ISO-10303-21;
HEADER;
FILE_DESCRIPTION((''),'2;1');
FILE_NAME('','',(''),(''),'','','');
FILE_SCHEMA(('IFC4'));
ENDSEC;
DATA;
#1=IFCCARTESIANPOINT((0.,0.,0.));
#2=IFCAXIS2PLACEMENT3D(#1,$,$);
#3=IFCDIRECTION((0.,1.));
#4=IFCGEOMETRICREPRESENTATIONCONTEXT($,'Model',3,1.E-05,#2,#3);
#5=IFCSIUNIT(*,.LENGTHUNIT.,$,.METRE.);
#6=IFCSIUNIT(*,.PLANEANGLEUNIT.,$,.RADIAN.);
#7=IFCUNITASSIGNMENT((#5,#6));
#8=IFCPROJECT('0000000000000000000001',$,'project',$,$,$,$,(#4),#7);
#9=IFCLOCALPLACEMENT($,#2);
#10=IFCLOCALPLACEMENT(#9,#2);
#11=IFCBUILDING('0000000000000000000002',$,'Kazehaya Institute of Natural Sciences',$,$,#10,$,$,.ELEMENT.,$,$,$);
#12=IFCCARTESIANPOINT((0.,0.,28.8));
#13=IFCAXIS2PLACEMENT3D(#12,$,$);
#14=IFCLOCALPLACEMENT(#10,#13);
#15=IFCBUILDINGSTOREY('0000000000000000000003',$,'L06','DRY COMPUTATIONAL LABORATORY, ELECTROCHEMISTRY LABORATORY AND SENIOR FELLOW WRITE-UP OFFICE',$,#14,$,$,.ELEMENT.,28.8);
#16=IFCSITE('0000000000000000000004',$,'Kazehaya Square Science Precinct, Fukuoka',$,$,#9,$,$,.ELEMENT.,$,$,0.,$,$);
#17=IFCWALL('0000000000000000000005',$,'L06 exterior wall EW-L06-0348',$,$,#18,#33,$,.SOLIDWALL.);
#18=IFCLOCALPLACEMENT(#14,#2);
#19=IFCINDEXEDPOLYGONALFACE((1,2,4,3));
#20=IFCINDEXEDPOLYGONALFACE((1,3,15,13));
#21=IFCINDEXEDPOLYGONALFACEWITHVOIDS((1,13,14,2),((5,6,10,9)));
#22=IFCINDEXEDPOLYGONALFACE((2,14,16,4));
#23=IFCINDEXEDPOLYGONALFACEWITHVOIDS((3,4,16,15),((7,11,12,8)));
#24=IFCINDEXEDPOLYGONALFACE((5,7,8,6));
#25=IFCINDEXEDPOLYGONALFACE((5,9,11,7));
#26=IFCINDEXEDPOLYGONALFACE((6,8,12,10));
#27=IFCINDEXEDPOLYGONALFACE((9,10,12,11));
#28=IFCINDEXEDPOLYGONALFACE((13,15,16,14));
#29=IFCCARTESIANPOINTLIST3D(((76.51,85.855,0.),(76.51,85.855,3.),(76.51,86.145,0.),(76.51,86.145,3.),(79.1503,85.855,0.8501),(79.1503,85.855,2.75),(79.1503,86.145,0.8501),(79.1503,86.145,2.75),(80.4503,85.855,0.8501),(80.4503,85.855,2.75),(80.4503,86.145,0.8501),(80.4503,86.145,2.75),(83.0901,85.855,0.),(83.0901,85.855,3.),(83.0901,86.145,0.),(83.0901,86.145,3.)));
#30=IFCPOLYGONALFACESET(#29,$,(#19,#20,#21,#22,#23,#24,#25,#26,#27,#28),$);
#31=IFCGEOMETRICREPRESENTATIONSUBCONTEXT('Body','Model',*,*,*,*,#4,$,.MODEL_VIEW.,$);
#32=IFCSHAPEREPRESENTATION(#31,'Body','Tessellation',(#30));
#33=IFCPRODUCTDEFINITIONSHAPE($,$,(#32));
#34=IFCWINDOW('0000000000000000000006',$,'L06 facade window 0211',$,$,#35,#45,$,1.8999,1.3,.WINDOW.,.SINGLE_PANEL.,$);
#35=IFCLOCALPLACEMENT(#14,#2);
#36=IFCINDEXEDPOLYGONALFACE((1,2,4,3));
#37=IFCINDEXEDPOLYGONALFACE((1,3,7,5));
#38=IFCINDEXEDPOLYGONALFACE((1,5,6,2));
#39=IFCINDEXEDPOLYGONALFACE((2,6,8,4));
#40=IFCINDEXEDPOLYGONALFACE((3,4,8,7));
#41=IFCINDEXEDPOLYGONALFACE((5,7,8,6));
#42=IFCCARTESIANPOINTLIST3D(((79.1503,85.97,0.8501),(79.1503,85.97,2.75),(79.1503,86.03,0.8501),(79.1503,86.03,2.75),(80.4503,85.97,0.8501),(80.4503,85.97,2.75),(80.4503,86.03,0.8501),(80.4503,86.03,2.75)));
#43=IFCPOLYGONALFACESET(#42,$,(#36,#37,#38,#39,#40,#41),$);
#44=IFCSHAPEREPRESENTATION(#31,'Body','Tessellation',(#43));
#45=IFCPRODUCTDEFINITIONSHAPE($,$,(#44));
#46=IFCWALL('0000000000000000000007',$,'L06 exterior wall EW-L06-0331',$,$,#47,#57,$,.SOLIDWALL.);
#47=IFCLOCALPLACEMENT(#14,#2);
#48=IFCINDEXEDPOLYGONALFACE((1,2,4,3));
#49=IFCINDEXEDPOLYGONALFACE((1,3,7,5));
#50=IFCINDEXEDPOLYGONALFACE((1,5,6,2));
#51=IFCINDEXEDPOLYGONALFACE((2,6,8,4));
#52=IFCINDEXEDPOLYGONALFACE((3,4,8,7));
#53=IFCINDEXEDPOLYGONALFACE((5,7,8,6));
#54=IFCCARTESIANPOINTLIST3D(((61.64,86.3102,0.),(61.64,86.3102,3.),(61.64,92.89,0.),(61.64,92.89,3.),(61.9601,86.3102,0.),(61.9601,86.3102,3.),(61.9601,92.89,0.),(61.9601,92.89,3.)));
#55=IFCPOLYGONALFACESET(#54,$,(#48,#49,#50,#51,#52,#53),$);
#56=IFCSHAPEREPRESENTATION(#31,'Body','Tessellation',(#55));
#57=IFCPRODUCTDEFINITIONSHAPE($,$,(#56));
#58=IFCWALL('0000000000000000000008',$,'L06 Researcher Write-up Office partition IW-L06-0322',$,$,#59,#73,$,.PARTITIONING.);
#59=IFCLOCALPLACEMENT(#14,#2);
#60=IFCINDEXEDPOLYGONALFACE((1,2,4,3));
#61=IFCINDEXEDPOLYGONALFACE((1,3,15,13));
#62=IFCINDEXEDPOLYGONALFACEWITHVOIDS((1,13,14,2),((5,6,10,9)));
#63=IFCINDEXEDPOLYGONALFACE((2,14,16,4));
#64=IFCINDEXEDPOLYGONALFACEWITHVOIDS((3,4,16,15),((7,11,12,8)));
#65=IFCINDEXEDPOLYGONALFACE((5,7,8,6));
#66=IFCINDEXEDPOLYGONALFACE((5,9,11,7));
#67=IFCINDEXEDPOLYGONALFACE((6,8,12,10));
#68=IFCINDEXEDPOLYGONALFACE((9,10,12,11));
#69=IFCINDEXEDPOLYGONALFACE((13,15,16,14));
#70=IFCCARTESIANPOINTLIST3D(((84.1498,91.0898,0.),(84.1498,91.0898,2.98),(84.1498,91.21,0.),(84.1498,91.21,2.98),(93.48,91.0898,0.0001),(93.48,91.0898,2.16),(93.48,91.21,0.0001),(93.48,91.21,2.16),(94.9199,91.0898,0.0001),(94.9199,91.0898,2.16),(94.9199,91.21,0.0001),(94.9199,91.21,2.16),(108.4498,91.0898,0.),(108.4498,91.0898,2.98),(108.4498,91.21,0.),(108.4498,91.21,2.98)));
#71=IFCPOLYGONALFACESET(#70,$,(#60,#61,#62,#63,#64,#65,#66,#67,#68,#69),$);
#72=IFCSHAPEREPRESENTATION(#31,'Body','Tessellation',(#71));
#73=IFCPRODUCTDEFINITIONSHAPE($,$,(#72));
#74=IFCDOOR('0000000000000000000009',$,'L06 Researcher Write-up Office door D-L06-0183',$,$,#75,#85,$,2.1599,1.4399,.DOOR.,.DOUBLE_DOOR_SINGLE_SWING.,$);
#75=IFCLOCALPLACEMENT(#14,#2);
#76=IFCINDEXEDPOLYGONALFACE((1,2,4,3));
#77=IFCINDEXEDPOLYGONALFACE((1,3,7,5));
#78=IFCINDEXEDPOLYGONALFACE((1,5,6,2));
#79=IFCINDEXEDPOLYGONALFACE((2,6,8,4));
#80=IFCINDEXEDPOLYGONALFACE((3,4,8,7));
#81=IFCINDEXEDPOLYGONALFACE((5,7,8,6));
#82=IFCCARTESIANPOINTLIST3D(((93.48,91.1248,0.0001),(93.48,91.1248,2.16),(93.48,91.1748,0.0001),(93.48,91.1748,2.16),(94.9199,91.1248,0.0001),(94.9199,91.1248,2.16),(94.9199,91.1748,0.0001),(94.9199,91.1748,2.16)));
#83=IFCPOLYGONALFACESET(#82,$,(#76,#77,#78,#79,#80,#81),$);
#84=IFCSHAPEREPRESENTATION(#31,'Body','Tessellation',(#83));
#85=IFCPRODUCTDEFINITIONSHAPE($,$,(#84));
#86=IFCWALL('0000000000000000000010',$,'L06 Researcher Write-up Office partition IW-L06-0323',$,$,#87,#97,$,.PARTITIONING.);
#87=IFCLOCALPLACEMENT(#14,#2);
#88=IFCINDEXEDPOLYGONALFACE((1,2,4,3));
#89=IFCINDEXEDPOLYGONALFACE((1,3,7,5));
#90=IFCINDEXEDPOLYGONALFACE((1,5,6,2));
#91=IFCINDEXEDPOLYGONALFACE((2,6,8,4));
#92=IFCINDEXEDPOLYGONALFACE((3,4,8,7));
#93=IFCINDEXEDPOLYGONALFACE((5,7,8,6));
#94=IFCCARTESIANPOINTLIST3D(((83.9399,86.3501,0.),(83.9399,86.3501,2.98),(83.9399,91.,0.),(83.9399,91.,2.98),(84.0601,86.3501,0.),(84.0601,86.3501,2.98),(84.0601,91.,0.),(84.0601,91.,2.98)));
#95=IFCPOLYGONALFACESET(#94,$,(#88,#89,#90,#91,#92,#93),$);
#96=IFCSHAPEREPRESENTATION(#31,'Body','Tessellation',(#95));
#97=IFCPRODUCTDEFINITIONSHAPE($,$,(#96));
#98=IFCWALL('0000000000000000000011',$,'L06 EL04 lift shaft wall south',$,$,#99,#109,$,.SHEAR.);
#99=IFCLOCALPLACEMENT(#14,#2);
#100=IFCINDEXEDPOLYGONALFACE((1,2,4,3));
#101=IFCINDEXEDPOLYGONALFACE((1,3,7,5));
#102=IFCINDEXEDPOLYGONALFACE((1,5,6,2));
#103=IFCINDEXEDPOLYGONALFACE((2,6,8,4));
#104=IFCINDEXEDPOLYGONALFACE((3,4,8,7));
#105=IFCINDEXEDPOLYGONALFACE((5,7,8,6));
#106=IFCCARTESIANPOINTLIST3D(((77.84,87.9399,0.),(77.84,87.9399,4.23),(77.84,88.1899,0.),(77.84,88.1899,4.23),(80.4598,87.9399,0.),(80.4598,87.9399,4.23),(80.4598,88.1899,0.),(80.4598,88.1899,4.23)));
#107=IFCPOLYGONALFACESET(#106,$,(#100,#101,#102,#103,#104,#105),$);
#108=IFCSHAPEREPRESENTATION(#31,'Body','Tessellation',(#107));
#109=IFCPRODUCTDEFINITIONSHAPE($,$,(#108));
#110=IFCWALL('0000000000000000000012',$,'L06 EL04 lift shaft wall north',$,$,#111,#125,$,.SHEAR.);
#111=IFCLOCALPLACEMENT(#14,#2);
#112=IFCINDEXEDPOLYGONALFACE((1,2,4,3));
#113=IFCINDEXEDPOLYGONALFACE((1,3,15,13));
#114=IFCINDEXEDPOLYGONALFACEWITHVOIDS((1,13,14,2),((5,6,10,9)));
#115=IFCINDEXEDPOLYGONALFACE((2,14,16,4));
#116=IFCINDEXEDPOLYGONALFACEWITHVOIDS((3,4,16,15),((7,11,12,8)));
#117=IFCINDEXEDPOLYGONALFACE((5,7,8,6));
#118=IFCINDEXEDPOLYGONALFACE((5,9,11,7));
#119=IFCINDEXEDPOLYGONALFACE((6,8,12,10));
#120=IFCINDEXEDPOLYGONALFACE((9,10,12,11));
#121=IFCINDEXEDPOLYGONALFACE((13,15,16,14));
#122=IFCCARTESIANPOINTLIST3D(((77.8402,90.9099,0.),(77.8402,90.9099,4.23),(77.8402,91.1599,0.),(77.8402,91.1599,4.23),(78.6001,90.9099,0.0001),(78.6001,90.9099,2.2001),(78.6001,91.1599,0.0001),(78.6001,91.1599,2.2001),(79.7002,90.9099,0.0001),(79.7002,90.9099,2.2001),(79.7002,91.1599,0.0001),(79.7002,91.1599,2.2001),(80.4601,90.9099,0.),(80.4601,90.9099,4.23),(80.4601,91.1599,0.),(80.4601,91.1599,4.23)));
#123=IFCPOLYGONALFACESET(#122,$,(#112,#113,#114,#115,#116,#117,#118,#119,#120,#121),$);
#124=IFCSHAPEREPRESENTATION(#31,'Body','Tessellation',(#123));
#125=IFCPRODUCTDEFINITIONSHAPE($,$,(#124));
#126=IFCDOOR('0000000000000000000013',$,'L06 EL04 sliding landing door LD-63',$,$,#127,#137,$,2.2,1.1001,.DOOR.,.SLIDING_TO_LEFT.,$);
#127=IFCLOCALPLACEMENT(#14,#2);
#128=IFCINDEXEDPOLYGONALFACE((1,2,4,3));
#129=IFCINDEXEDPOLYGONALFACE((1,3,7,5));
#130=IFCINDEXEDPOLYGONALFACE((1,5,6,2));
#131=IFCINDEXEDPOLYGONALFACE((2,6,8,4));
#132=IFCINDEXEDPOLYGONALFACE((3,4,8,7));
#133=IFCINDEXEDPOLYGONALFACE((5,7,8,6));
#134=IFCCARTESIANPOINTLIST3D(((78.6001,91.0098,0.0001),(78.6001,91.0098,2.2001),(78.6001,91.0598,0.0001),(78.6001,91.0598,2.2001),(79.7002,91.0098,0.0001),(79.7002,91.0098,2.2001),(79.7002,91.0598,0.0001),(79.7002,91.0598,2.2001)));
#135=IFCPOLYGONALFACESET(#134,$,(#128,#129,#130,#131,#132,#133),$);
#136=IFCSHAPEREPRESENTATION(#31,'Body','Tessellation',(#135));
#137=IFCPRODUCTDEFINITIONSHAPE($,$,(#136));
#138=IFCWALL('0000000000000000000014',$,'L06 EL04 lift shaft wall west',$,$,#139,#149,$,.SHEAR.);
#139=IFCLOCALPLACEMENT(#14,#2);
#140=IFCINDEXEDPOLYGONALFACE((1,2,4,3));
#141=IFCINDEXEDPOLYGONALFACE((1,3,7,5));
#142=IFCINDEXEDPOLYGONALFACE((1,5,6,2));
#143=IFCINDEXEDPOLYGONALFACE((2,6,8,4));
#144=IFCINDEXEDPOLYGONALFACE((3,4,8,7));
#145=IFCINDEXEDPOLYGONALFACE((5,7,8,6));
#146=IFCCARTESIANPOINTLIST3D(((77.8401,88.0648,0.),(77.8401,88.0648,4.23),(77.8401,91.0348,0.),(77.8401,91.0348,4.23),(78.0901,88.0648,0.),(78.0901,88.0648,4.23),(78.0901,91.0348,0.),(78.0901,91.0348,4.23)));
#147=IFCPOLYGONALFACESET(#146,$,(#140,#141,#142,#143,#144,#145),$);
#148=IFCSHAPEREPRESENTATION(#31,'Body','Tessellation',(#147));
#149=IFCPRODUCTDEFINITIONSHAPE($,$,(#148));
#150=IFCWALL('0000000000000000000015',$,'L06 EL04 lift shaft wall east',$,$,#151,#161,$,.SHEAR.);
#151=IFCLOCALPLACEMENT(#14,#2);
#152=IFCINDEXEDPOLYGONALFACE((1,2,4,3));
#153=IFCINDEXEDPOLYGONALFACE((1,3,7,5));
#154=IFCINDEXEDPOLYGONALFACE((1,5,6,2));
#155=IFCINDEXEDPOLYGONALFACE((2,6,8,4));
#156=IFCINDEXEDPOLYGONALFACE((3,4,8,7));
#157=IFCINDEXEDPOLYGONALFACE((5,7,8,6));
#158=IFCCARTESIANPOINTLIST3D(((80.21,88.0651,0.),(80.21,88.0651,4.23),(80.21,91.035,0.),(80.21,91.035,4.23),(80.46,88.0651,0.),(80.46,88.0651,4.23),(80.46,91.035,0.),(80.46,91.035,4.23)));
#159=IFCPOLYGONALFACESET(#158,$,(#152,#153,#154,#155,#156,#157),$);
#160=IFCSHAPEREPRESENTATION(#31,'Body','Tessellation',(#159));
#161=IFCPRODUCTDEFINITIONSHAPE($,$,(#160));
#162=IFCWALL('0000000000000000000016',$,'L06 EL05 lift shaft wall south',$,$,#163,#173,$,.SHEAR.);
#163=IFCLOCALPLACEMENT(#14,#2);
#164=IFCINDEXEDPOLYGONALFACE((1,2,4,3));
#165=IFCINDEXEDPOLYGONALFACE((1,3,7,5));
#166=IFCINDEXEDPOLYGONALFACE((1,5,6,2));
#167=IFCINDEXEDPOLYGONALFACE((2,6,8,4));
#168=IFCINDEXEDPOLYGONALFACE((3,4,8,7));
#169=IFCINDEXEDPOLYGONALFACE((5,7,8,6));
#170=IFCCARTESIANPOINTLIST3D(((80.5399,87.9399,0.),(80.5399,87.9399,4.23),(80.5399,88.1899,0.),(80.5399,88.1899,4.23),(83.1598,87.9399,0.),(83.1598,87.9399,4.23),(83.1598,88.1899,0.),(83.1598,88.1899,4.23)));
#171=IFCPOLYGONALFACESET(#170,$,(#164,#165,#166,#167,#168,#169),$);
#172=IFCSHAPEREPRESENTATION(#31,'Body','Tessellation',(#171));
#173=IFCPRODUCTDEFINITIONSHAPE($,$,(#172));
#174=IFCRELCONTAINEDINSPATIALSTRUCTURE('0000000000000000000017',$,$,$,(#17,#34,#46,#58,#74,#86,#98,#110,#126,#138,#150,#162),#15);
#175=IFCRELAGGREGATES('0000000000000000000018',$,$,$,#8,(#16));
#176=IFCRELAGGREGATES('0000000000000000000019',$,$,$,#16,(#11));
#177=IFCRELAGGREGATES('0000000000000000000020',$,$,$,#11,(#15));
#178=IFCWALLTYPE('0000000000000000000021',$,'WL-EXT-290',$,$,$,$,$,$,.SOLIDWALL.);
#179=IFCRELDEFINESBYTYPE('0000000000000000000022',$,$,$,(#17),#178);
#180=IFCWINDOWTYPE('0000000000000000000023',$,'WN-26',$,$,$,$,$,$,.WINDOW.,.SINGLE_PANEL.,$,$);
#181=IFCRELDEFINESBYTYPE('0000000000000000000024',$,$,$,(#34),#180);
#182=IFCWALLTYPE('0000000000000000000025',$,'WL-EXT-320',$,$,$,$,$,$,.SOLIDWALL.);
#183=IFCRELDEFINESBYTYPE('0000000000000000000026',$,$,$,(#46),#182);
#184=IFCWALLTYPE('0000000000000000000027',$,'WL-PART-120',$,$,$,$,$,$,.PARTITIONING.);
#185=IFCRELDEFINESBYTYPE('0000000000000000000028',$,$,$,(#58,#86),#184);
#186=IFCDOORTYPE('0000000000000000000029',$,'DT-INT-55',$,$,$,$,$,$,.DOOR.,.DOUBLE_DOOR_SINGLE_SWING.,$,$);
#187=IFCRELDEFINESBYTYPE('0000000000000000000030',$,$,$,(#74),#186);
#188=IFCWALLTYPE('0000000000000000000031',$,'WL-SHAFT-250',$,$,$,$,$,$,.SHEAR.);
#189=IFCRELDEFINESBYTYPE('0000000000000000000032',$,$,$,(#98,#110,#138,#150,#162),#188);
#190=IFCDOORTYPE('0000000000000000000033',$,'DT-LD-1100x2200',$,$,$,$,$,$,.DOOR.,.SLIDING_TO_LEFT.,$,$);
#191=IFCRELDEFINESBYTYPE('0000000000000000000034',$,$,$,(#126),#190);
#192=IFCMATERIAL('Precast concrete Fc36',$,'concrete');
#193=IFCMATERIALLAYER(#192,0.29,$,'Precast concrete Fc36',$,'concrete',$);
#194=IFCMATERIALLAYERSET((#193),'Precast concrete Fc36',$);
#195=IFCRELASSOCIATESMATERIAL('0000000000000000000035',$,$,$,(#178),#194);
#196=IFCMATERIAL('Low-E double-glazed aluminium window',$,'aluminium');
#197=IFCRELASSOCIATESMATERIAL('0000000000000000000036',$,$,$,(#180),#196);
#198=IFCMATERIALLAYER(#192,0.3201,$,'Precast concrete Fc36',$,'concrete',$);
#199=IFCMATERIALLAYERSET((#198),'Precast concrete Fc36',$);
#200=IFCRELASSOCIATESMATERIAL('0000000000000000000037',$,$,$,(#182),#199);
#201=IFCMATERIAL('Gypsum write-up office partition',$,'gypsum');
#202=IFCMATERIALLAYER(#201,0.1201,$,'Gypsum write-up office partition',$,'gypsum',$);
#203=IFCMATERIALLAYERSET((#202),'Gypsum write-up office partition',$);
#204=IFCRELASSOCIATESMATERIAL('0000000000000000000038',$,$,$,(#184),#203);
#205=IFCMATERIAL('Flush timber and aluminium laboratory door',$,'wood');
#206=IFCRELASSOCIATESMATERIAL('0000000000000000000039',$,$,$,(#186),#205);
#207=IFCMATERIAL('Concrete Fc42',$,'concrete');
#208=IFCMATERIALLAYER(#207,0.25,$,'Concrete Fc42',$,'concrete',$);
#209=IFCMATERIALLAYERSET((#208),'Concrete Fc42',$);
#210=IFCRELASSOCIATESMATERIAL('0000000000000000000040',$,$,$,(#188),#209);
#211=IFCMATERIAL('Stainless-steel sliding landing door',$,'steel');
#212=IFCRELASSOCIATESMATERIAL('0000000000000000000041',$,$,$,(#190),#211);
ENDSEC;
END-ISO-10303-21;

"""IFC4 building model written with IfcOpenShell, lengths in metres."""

from ifc_helpers import new_model, si_unit, direction, frame, frame_2d, origin, place, context, subcontext, project, spatial, rectangle, extrude, material, layer, layer_set, type_object, element, fill, save


model = new_model("IFC4")

# Units and contexts
model_context = context("Model", 3, precision=1e-05, world=origin(), true_north=direction((0.0, 1.0)))
body_context = subcontext(model_context, "Body", "Model", "MODEL_VIEW")
ifc_project = project(units=[si_unit("LENGTHUNIT", "METRE"), si_unit("PLANEANGLEUNIT", "RADIAN")], contexts=[model_context])

# Site, building, storey
site_placement = place(None, origin())
site = spatial("IfcSite", under=ifc_project, at=site_placement, Name="Kazehaya Square Science Precinct, Fukuoka", CompositionType="ELEMENT", RefElevation=0.0)
building_placement = place(site_placement, origin())
building = spatial("IfcBuilding", under=site, at=building_placement, Name="Kazehaya Institute of Natural Sciences", CompositionType="ELEMENT")
storey_placement = place(building_placement, frame((0.0, 0.0, 28.8)))
storey = spatial("IfcBuildingStorey", under=building, at=storey_placement, Name="L06", Description="DRY COMPUTATIONAL LABORATORY, ELECTROCHEMISTRY LABORATORY AND SENIOR FELLOW WRITE-UP OFFICE", CompositionType="ELEMENT", Elevation=28.8)

# Shared definitions
ifc_material_1 = material(Name="Concrete Fc42", Category="concrete")

# Wall, opening, window
ifc_material_2 = material(Name="Precast concrete Fc36", Category="concrete")
ifc_layer_1 = layer(ifc_material_2, 0.29, Name="Precast concrete Fc36", Category="concrete")
ifc_layer_set_1 = layer_set([ifc_layer_1], Name="Precast concrete Fc36")
wall_type_1 = type_object("IfcWallType", Name="WL-EXT-290", PredefinedType="SOLIDWALL", material=ifc_layer_set_1)
wall_1_placement = place(storey_placement, frame((83.0901, 86.0, 0.0), z_axis=(0.0, 0.0, 1.0), x_axis=(-1.0, 0.0, 0.0)))
wall_1 = element("IfcWall", 1, at=wall_1_placement, inside=storey, type_object=wall_type_1, Name="L06 exterior wall EW-L06-0348", PredefinedType="SOLIDWALL", context=body_context, shape_type="SweptSolid", body=[
    extrude(rectangle(XDim=6.5801, YDim=0.29, at=frame_2d((3.29, 0.0))), origin(), (0.0, 0.0, 1.0), 3.0),
])
opening_1_placement = place(wall_1_placement, frame((2.6399, 0.0, 0.8501)))
opening_1 = element("IfcOpeningElement", 2, at=opening_1_placement, cuts=wall_1, PredefinedType="OPENING", context=body_context, shape_type="SweptSolid", body=[
    extrude(rectangle(XDim=1.3, YDim=1.8999, at=frame_2d((0.6499, 0.95))), frame((0.0, 0.155, 0.0), z_axis=(0.0, -1.0, 0.0), x_axis=(1.0, 0.0, 0.0)), (0.0, 0.0, 1.0), 0.3101),
])
ifc_material_3 = material(Name="Low-E double-glazed aluminium window", Category="aluminium")
window_type = type_object("IfcWindowType", Name="WN-26", PartitioningType="SINGLE_PANEL", PredefinedType="WINDOW", material=ifc_material_3)
window_placement = place(opening_1_placement, origin())
window = element("IfcWindow", 3, at=window_placement, inside=storey, type_object=window_type, Name="L06 facade window 0211", OverallHeight=1.8999, OverallWidth=1.3, PartitioningType="SINGLE_PANEL", PredefinedType="WINDOW", context=body_context, shape_type="SweptSolid", body=[
    extrude(rectangle(XDim=1.3, YDim=1.8999, at=frame_2d((0.6499, 0.95))), frame((0.0, 0.03, 0.0), z_axis=(0.0, -1.0, 0.0), x_axis=(1.0, 0.0, 0.0)), (0.0, 0.0, 1.0), 0.0601),
])
fill(opening_1, window)

# Wall
ifc_layer_2 = layer(ifc_material_2, 0.3201, Name="Precast concrete Fc36", Category="concrete")
ifc_layer_set_2 = layer_set([ifc_layer_2], Name="Precast concrete Fc36")
wall_type_2 = type_object("IfcWallType", Name="WL-EXT-320", PredefinedType="SOLIDWALL", material=ifc_layer_set_2)
wall_2_placement = place(storey_placement, frame((61.8, 86.3101, 0.0), z_axis=(0.0, 0.0, 1.0), x_axis=(0.0, 1.0, 0.0)))
element("IfcWall", 4, at=wall_2_placement, inside=storey, type_object=wall_type_2, Name="L06 exterior wall EW-L06-0331", PredefinedType="SOLIDWALL", context=body_context, shape_type="SweptSolid", body=[
    extrude(rectangle(XDim=6.5798, YDim=0.3201, at=frame_2d((3.29, 0.0))), origin(), (0.0, 0.0, 1.0), 3.0),
])

# Wall, opening, door
ifc_material_4 = material(Name="Gypsum write-up office partition", Category="gypsum")
ifc_layer_3 = layer(ifc_material_4, 0.1201, Name="Gypsum write-up office partition", Category="gypsum")
ifc_layer_set_3 = layer_set([ifc_layer_3], Name="Gypsum write-up office partition")
wall_type_3 = type_object("IfcWallType", Name="WL-PART-120", PredefinedType="PARTITIONING", material=ifc_layer_set_3)
wall_3_placement = place(storey_placement, frame((84.1499, 91.1499, 0.0), z_axis=(0.0, 0.0, 1.0), x_axis=(1.0, 0.0, 0.0)))
wall_3 = element("IfcWall", 5, at=wall_3_placement, inside=storey, type_object=wall_type_3, Name="L06 Researcher Write-up Office partition IW-L06-0322", PredefinedType="PARTITIONING", context=body_context, shape_type="SweptSolid", body=[
    extrude(rectangle(XDim=24.3, YDim=0.1201, at=frame_2d((12.1499, 0.0))), origin(), (0.0, 0.0, 1.0), 2.98),
])
opening_2_placement = place(wall_3_placement, frame((9.3301, 0.0, 0.0)))
opening_2 = element("IfcOpeningElement", 6, at=opening_2_placement, cuts=wall_3, PredefinedType="OPENING", context=body_context, shape_type="SweptSolid", body=[
    extrude(rectangle(XDim=1.4399, YDim=2.1599, at=frame_2d((0.72, 1.0801))), frame((0.0, 0.0701, 0.0), z_axis=(0.0, -1.0, 0.0), x_axis=(1.0, 0.0, 0.0)), (0.0, 0.0, 1.0), 0.1401),
])
ifc_material_5 = material(Name="Flush timber and aluminium laboratory door", Category="wood")
door_type_1 = type_object("IfcDoorType", Name="DT-INT-55", OperationType="DOUBLE_DOOR_SINGLE_SWING", PredefinedType="DOOR", material=ifc_material_5)
door_1_placement = place(opening_2_placement, origin())
door_1 = element("IfcDoor", 7, at=door_1_placement, inside=storey, type_object=door_type_1, Name="L06 Researcher Write-up Office door D-L06-0183", OperationType="DOUBLE_DOOR_SINGLE_SWING", OverallHeight=2.1599, OverallWidth=1.4399, PredefinedType="DOOR", context=body_context, shape_type="SweptSolid", body=[
    extrude(rectangle(XDim=1.4399, YDim=2.1599, at=frame_2d((0.72, 1.0801))), frame((0.0, 0.0249, 0.0), z_axis=(0.0, -1.0, 0.0), x_axis=(1.0, 0.0, 0.0)), (0.0, 0.0, 1.0), 0.05),
])
fill(opening_2, door_1)

# Walls
wall_4_placement = place(storey_placement, frame((84.0, 86.3501, 0.0), z_axis=(0.0, 0.0, 1.0), x_axis=(0.0, 1.0, 0.0)))
element("IfcWall", 8, at=wall_4_placement, inside=storey, type_object=wall_type_3, Name="L06 Researcher Write-up Office partition IW-L06-0323", PredefinedType="PARTITIONING", context=body_context, shape_type="SweptSolid", body=[
    extrude(rectangle(XDim=4.6499, YDim=0.1201, at=frame_2d((2.325, 0.0))), origin(), (0.0, 0.0, 1.0), 2.98),
])
ifc_layer_4 = layer(ifc_material_1, 0.25, Name="Concrete Fc42", Category="concrete")
ifc_layer_set_4 = layer_set([ifc_layer_4], Name="Concrete Fc42")
wall_type_4 = type_object("IfcWallType", Name="WL-SHAFT-250", PredefinedType="SHEAR", material=ifc_layer_set_4)
wall_5_placement = place(storey_placement, frame((80.46, 88.0649, 0.0), z_axis=(0.0, 0.0, 1.0), x_axis=(-1.0, 0.0, 0.0)))
element("IfcWall", 9, at=wall_5_placement, inside=storey, type_object=wall_type_4, Name="L06 EL04 lift shaft wall south", PredefinedType="SHEAR", context=body_context, shape_type="SweptSolid", body=[
    extrude(rectangle(XDim=2.6199, YDim=0.25, at=frame_2d((1.3101, 0.0))), origin(), (0.0, 0.0, 1.0), 4.23),
])

# Wall, opening, door
wall_6_placement = place(storey_placement, frame((77.8401, 91.0349, 0.0), z_axis=(0.0, 0.0, 1.0), x_axis=(1.0, 0.0, 0.0)))
wall_6 = element("IfcWall", 10, at=wall_6_placement, inside=storey, type_object=wall_type_4, Name="L06 EL04 lift shaft wall north", PredefinedType="SHEAR", context=body_context, shape_type="SweptSolid", body=[
    extrude(rectangle(XDim=2.6199, YDim=0.25, at=frame_2d((1.3101, 0.0))), origin(), (0.0, 0.0, 1.0), 4.23),
])
opening_3_placement = place(wall_6_placement, frame((0.76, 0.0, 0.0)))
opening_3 = element("IfcOpeningElement", 11, at=opening_3_placement, cuts=wall_6, PredefinedType="OPENING", context=body_context, shape_type="SweptSolid", body=[
    extrude(rectangle(XDim=1.1001, YDim=2.2, at=frame_2d((0.55, 1.1001))), frame((0.0, 0.135, 0.0), z_axis=(0.0, -1.0, 0.0), x_axis=(1.0, 0.0, 0.0)), (0.0, 0.0, 1.0), 0.27),
])
ifc_material_6 = material(Name="Stainless-steel sliding landing door", Category="steel")
door_type_2 = type_object("IfcDoorType", Name="DT-LD-1100x2200", OperationType="SLIDING_TO_LEFT", PredefinedType="DOOR", material=ifc_material_6)
door_2_placement = place(opening_3_placement, origin())
door_2 = element("IfcDoor", 12, at=door_2_placement, inside=storey, type_object=door_type_2, Name="L06 EL04 sliding landing door LD-63", OperationType="SLIDING_TO_LEFT", OverallHeight=2.2, OverallWidth=1.1001, PredefinedType="DOOR", context=body_context, shape_type="SweptSolid", body=[
    extrude(rectangle(XDim=1.1001, YDim=2.2, at=frame_2d((0.55, 1.1001))), frame((0.0, 0.0249, 0.0), z_axis=(0.0, -1.0, 0.0), x_axis=(1.0, 0.0, 0.0)), (0.0, 0.0, 1.0), 0.05),
])
fill(opening_3, door_2)

# Walls
for number, where, z_axis, x_axis, name in (
    (13, (77.9651, 88.0649, 0.0), (0.0, 0.0, 1.0), (0.0, 1.0, 0.0), "L06 EL04 lift shaft wall west"),
    (14, (80.335, 91.0349, 0.0), (0.0, 0.0, 1.0), (0.0, -1.0, 0.0), "L06 EL04 lift shaft wall east"),
):
    element("IfcWall", number, at=place(storey_placement, frame(where, z_axis=z_axis, x_axis=x_axis)), inside=storey, type_object=wall_type_4, Name=name, PredefinedType="SHEAR", context=body_context, shape_type="SweptSolid", body=[
        extrude(rectangle(XDim=2.97, YDim=0.25, at=frame_2d((1.4849, 0.0))), origin(), (0.0, 0.0, 1.0), 4.23),
    ])
wall_7_placement = place(storey_placement, frame((83.1599, 88.0649, 0.0), z_axis=(0.0, 0.0, 1.0), x_axis=(-1.0, 0.0, 0.0)))
element("IfcWall", 15, at=wall_7_placement, inside=storey, type_object=wall_type_4, Name="L06 EL05 lift shaft wall south", PredefinedType="SHEAR", context=body_context, shape_type="SweptSolid", body=[
    extrude(rectangle(XDim=2.6199, YDim=0.25, at=frame_2d((1.3101, 0.0))), origin(), (0.0, 0.0, 1.0), 4.23),
])

save(model, "model.ifc")
